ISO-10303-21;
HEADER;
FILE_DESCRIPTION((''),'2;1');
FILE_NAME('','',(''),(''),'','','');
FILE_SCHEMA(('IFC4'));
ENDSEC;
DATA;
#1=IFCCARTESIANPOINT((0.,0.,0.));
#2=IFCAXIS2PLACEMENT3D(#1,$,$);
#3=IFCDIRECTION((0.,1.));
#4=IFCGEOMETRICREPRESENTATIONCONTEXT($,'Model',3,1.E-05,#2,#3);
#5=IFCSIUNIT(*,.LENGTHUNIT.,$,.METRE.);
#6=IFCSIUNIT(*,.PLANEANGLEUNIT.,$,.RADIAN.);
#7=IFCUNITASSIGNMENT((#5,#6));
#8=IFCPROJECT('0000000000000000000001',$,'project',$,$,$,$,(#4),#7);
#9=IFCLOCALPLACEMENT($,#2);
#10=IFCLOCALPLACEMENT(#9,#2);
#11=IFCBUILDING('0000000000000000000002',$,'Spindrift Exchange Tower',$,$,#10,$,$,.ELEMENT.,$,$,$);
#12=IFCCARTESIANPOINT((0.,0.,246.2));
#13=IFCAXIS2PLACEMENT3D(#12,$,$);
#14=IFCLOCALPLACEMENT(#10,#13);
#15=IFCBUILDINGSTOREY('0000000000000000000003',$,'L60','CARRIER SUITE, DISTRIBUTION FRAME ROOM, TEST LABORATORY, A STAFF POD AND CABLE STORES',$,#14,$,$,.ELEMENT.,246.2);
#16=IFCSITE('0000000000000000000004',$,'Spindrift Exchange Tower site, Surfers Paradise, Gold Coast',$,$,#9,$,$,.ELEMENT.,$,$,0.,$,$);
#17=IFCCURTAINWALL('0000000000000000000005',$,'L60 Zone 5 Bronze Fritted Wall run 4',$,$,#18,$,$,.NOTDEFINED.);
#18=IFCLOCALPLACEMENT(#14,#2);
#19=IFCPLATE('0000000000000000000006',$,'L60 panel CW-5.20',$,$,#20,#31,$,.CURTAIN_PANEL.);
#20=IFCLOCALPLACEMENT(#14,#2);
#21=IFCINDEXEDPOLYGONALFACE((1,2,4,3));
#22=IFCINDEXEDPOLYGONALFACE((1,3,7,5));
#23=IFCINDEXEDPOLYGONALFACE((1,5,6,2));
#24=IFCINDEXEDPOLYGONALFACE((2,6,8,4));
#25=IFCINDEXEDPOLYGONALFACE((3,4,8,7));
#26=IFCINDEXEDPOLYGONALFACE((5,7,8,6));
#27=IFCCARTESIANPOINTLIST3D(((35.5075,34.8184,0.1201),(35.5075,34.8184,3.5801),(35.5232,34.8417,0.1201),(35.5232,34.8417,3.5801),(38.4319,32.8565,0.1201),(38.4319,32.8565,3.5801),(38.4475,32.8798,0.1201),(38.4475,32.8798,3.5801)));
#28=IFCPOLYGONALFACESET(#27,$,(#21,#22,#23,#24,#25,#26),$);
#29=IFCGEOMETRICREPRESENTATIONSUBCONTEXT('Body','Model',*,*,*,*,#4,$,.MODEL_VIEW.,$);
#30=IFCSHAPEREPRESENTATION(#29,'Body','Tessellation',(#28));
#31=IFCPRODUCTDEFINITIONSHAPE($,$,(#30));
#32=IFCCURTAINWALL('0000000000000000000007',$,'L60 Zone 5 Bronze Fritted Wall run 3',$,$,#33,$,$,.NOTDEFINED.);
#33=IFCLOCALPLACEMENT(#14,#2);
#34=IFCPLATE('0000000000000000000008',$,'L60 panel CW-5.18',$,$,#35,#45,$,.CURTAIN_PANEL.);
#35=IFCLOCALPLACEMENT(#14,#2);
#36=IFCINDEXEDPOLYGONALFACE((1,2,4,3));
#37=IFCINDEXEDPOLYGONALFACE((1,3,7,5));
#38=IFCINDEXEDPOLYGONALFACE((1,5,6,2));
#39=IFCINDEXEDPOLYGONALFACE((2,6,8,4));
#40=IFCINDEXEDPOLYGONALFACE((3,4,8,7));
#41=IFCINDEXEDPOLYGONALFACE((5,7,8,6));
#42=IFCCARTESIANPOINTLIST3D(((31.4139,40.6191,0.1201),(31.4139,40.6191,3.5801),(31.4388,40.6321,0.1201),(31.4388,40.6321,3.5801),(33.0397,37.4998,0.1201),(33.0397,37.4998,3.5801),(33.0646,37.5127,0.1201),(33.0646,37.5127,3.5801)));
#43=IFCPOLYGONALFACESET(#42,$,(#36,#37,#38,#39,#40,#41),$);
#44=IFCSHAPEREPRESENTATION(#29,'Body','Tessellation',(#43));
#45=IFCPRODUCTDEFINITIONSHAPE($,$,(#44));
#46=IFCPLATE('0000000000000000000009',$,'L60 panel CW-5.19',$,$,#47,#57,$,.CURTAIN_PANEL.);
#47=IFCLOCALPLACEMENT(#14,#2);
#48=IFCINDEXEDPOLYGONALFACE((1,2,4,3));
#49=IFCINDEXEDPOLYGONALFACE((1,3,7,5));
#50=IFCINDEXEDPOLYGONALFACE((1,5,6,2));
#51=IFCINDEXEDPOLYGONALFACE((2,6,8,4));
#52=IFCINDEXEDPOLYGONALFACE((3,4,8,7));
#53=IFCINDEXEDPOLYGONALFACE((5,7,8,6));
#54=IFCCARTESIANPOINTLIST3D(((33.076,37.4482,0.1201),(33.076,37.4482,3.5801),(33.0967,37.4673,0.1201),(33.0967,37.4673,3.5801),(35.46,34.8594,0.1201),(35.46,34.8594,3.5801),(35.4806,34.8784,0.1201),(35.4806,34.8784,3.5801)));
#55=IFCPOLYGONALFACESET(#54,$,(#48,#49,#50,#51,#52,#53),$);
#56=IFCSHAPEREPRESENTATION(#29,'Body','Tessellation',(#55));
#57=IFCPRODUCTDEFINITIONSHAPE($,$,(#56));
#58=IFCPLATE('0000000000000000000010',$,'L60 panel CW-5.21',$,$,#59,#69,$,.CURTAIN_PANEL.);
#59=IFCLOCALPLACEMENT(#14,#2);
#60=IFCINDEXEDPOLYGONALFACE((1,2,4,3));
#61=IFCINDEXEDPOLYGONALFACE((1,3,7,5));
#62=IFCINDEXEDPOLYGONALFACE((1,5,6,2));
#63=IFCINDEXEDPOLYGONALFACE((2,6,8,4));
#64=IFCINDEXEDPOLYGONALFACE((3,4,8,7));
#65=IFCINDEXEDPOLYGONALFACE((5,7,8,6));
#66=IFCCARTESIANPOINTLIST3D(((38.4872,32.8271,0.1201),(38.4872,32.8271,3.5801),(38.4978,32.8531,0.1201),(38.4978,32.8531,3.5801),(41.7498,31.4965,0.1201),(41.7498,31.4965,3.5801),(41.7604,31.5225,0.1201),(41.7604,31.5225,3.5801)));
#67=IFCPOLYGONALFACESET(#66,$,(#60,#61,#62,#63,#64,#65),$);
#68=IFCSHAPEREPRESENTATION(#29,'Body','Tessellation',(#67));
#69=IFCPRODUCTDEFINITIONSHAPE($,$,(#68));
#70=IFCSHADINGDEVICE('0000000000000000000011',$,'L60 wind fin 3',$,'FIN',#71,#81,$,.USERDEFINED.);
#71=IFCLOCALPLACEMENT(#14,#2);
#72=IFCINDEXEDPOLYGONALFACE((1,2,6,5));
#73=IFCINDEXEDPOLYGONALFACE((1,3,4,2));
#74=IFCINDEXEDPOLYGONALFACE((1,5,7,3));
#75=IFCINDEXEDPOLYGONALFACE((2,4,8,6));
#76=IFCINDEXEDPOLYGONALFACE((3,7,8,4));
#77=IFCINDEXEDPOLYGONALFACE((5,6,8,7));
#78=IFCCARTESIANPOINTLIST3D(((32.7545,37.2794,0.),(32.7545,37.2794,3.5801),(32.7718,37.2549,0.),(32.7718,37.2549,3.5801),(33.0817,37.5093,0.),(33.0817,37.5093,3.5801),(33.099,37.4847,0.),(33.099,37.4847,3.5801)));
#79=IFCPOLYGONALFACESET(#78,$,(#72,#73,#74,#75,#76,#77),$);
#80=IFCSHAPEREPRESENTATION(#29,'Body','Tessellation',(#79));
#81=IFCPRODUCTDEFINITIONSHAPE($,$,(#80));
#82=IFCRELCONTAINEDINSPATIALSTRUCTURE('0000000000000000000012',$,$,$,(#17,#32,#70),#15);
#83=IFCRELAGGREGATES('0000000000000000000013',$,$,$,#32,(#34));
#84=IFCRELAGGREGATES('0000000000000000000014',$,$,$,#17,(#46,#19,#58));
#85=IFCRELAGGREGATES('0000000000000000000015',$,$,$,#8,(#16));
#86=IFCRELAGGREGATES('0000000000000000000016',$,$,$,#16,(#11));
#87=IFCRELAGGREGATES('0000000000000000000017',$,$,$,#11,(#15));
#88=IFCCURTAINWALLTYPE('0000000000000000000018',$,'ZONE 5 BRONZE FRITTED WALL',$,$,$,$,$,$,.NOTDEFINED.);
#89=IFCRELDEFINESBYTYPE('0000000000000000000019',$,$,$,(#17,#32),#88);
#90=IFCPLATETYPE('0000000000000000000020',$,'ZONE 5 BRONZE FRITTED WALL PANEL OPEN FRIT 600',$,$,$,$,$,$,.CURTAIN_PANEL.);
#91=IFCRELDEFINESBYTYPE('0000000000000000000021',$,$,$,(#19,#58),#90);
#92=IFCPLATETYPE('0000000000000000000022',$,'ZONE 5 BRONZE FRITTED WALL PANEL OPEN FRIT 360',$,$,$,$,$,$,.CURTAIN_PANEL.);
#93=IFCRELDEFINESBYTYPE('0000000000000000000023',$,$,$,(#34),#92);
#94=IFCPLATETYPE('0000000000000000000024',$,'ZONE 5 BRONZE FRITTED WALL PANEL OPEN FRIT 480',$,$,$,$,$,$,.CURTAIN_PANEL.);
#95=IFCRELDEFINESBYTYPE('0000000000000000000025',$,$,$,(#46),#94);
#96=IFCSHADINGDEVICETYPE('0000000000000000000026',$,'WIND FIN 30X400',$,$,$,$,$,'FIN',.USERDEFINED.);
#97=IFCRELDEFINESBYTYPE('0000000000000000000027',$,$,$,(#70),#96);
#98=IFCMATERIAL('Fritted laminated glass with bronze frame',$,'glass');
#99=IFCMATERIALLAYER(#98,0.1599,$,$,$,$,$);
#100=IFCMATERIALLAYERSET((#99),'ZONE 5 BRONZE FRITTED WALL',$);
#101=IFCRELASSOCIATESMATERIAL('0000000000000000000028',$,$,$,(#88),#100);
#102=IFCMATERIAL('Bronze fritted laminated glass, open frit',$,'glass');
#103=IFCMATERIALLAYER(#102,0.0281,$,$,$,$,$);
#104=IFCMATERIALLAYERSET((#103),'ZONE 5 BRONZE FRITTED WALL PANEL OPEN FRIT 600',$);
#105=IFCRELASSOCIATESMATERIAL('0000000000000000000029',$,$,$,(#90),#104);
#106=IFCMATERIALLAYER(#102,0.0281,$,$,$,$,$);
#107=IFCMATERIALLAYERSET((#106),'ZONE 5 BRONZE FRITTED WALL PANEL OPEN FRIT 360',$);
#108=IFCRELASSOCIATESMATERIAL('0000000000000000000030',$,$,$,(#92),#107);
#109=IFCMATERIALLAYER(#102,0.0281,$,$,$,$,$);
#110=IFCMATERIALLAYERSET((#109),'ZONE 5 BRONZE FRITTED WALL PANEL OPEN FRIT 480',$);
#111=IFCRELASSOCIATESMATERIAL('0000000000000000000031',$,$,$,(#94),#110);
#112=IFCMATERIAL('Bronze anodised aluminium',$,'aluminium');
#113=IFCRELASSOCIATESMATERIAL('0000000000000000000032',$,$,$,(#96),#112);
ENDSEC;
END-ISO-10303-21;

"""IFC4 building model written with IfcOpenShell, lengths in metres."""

from ifc_helpers import new_model, si_unit, direction, frame, origin, origin_2d, place, context, subcontext, project, spatial, rectangle, extrude, source, transform, mapped, material, layer, layer_set, material_profile, profile_set, type_object, element, aggregate, save


model = new_model("IFC4")

# Units and contexts
model_context = context("Model", 3, precision=1e-05, world=origin(), true_north=direction((0.0, 1.0)))
body_context = subcontext(model_context, "Body", "Model", "MODEL_VIEW")
ifc_project = project(units=[si_unit("LENGTHUNIT", "METRE"), si_unit("PLANEANGLEUNIT", "RADIAN")], contexts=[model_context])

# Site, building, storey
site_placement = place(None, origin())
site = spatial("IfcSite", under=ifc_project, at=site_placement, Name="Spindrift Exchange Tower site, Surfers Paradise, Gold Coast", CompositionType="ELEMENT", RefElevation=0.0)
building_placement = place(site_placement, origin())
building = spatial("IfcBuilding", under=site, at=building_placement, Name="Spindrift Exchange Tower", CompositionType="ELEMENT")
storey_placement = place(building_placement, frame((0.0, 0.0, 246.2)))
storey = spatial("IfcBuildingStorey", under=building, at=storey_placement, Name="L60", Description="CARRIER SUITE, DISTRIBUTION FRAME ROOM, TEST LABORATORY, A STAFF POD AND CABLE STORES", CompositionType="ELEMENT", Elevation=246.2)

# Curtain wall
ifc_material_1 = material(Name="Fritted laminated glass with bronze frame", Category="glass")
ifc_layer_1 = layer(ifc_material_1, 0.1599)
ifc_layer_set_1 = layer_set([ifc_layer_1], Name="ZONE 5 BRONZE FRITTED WALL")
curtain_wall_type = type_object("IfcCurtainWallType", Name="ZONE 5 BRONZE FRITTED WALL", PredefinedType="NOTDEFINED", material=ifc_layer_set_1)
curtain_wall_1_placement = place(storey_placement, origin())
curtain_wall_1 = element("IfcCurtainWall", 1, at=curtain_wall_1_placement, inside=storey, type_object=curtain_wall_type, Name="L60 Zone 5 Bronze Fritted Wall run 4", PredefinedType="NOTDEFINED")
ifc_material_2 = material(Name="Bronze anodised aluminium", Category="aluminium")

# Plate
ifc_material_3 = material(Name="Bronze fritted laminated glass, open frit", Category="glass")
ifc_layer_2 = layer(ifc_material_3, 0.0281)
ifc_layer_set_2 = layer_set([ifc_layer_2], Name="ZONE 5 BRONZE FRITTED WALL PANEL OPEN FRIT 600")
plate_type_1 = type_object("IfcPlateType", Name="ZONE 5 BRONZE FRITTED WALL PANEL OPEN FRIT 600", PredefinedType="CURTAIN_PANEL", material=ifc_layer_set_2)
shared_shape_1 = source(origin(), body_context, "Body", "SweptSolid", [
    extrude(rectangle(XDim=3.5215, YDim=0.0281, at=origin_2d()), origin(), (0.0, 0.0, 1.0), 3.46),
])
plate_1_placement = place(storey_placement, frame((36.9775, 33.8491, 0.1201), z_axis=(0.0, 0.0, 1.0), x_axis=(0.830435, -0.557115, 0.0)))
plate_1 = element("IfcPlate", 2, at=plate_1_placement, type_object=plate_type_1, Name="L60 panel CW-5.20", PredefinedType="CURTAIN_PANEL", context=body_context, shape_type="MappedRepresentation", body=[
    mapped(shared_shape_1, transform((0.0, 0.0, 0.0), scale=1.0)),
])

# Curtain wall, plate
curtain_wall_2_placement = place(storey_placement, origin())
curtain_wall_2 = element("IfcCurtainWall", 3, at=curtain_wall_2_placement, inside=storey, type_object=curtain_wall_type, Name="L60 Zone 5 Bronze Fritted Wall run 3", PredefinedType="NOTDEFINED")
ifc_layer_3 = layer(ifc_material_3, 0.0281)
ifc_layer_set_3 = layer_set([ifc_layer_3], Name="ZONE 5 BRONZE FRITTED WALL PANEL OPEN FRIT 360")
plate_type_2 = type_object("IfcPlateType", Name="ZONE 5 BRONZE FRITTED WALL PANEL OPEN FRIT 360", PredefinedType="CURTAIN_PANEL", material=ifc_layer_set_3)
shared_shape_2 = source(origin(), body_context, "Body", "SweptSolid", [
    extrude(rectangle(XDim=3.5176, YDim=0.0281, at=origin_2d()), origin(), (0.0, 0.0, 1.0), 3.46),
])
plate_2_placement = place(storey_placement, frame((32.2393, 39.0659, 0.1201), z_axis=(0.0, 0.0, 1.0), x_axis=(0.462188, -0.886782, 0.0)))
plate_2 = element("IfcPlate", 4, at=plate_2_placement, type_object=plate_type_2, Name="L60 panel CW-5.18", PredefinedType="CURTAIN_PANEL", context=body_context, shape_type="MappedRepresentation", body=[
    mapped(shared_shape_2, transform((0.0, 0.0, 0.0), scale=1.0)),
])
aggregate(curtain_wall_2, [plate_2])

# Plates
ifc_layer_4 = layer(ifc_material_3, 0.0281)
ifc_layer_set_4 = layer_set([ifc_layer_4], Name="ZONE 5 BRONZE FRITTED WALL PANEL OPEN FRIT 480")
plate_type_3 = type_object("IfcPlateType", Name="ZONE 5 BRONZE FRITTED WALL PANEL OPEN FRIT 480", PredefinedType="CURTAIN_PANEL", material=ifc_layer_set_4)
shared_shape_3 = source(origin(), body_context, "Body", "SweptSolid", [
    extrude(rectangle(XDim=3.5193, YDim=0.0281, at=origin_2d()), origin(), (0.0, 0.0, 1.0), 3.46),
])
plate_3_placement = place(storey_placement, frame((34.2783, 36.1633, 0.1201), z_axis=(0.0, 0.0, 1.0), x_axis=(0.677395, -0.73562, 0.0)))
plate_3 = element("IfcPlate", 5, at=plate_3_placement, type_object=plate_type_3, Name="L60 panel CW-5.19", PredefinedType="CURTAIN_PANEL", context=body_context, shape_type="MappedRepresentation", body=[
    mapped(shared_shape_3, transform((0.0, 0.0, 0.0), scale=1.0)),
])
shared_shape_4 = source(origin(), body_context, "Body", "SweptSolid", [
    extrude(rectangle(XDim=3.5234, YDim=0.0281, at=origin_2d()), origin(), (0.0, 0.0, 1.0), 3.46),
])
plate_4_placement = place(storey_placement, frame((40.1238, 32.1748, 0.1201), z_axis=(0.0, 0.0, 1.0), x_axis=(0.925958, -0.377627, 0.0)))
plate_4 = element("IfcPlate", 6, at=plate_4_placement, type_object=plate_type_1, Name="L60 panel CW-5.21", PredefinedType="CURTAIN_PANEL", context=body_context, shape_type="MappedRepresentation", body=[
    mapped(shared_shape_4, transform((0.0, 0.0, 0.0), scale=1.0)),
])
aggregate(curtain_wall_1, [plate_3, plate_1, plate_4])

# Shading device
ifc_material_profile_1 = material_profile(ifc_material_2, rectangle(XDim=0.03, YDim=0.3999, at=origin_2d()), Name="WIND FIN 30X400")
ifc_profile_set_1 = profile_set([ifc_material_profile_1], Name="Bronze anodised aluminium")
shading_device_type = type_object("IfcShadingDeviceType", Name="WIND FIN 30X400", ElementType="FIN", PredefinedType="USERDEFINED", material=ifc_profile_set_1)
shared_shape_5 = source(origin(), body_context, "Body", "SweptSolid", [
    extrude(rectangle(XDim=0.03, YDim=0.3999, at=origin_2d()), origin(), (0.0, 0.0, 1.0), 3.5801),
])
shading_device_placement = place(storey_placement, frame((32.9268, 37.3821, 0.0), z_axis=(0.0, 0.0, 1.0), x_axis=(0.574782, -0.818306, 0.0)))
element("IfcShadingDevice", 7, at=shading_device_placement, inside=storey, type_object=shading_device_type, Name="L60 wind fin 3", ObjectType="FIN", PredefinedType="USERDEFINED", context=body_context, shape_type="MappedRepresentation", body=[
    mapped(shared_shape_5, transform((0.0, 0.0, 0.0), scale=1.0)),
])

save(model, "model.ifc")
